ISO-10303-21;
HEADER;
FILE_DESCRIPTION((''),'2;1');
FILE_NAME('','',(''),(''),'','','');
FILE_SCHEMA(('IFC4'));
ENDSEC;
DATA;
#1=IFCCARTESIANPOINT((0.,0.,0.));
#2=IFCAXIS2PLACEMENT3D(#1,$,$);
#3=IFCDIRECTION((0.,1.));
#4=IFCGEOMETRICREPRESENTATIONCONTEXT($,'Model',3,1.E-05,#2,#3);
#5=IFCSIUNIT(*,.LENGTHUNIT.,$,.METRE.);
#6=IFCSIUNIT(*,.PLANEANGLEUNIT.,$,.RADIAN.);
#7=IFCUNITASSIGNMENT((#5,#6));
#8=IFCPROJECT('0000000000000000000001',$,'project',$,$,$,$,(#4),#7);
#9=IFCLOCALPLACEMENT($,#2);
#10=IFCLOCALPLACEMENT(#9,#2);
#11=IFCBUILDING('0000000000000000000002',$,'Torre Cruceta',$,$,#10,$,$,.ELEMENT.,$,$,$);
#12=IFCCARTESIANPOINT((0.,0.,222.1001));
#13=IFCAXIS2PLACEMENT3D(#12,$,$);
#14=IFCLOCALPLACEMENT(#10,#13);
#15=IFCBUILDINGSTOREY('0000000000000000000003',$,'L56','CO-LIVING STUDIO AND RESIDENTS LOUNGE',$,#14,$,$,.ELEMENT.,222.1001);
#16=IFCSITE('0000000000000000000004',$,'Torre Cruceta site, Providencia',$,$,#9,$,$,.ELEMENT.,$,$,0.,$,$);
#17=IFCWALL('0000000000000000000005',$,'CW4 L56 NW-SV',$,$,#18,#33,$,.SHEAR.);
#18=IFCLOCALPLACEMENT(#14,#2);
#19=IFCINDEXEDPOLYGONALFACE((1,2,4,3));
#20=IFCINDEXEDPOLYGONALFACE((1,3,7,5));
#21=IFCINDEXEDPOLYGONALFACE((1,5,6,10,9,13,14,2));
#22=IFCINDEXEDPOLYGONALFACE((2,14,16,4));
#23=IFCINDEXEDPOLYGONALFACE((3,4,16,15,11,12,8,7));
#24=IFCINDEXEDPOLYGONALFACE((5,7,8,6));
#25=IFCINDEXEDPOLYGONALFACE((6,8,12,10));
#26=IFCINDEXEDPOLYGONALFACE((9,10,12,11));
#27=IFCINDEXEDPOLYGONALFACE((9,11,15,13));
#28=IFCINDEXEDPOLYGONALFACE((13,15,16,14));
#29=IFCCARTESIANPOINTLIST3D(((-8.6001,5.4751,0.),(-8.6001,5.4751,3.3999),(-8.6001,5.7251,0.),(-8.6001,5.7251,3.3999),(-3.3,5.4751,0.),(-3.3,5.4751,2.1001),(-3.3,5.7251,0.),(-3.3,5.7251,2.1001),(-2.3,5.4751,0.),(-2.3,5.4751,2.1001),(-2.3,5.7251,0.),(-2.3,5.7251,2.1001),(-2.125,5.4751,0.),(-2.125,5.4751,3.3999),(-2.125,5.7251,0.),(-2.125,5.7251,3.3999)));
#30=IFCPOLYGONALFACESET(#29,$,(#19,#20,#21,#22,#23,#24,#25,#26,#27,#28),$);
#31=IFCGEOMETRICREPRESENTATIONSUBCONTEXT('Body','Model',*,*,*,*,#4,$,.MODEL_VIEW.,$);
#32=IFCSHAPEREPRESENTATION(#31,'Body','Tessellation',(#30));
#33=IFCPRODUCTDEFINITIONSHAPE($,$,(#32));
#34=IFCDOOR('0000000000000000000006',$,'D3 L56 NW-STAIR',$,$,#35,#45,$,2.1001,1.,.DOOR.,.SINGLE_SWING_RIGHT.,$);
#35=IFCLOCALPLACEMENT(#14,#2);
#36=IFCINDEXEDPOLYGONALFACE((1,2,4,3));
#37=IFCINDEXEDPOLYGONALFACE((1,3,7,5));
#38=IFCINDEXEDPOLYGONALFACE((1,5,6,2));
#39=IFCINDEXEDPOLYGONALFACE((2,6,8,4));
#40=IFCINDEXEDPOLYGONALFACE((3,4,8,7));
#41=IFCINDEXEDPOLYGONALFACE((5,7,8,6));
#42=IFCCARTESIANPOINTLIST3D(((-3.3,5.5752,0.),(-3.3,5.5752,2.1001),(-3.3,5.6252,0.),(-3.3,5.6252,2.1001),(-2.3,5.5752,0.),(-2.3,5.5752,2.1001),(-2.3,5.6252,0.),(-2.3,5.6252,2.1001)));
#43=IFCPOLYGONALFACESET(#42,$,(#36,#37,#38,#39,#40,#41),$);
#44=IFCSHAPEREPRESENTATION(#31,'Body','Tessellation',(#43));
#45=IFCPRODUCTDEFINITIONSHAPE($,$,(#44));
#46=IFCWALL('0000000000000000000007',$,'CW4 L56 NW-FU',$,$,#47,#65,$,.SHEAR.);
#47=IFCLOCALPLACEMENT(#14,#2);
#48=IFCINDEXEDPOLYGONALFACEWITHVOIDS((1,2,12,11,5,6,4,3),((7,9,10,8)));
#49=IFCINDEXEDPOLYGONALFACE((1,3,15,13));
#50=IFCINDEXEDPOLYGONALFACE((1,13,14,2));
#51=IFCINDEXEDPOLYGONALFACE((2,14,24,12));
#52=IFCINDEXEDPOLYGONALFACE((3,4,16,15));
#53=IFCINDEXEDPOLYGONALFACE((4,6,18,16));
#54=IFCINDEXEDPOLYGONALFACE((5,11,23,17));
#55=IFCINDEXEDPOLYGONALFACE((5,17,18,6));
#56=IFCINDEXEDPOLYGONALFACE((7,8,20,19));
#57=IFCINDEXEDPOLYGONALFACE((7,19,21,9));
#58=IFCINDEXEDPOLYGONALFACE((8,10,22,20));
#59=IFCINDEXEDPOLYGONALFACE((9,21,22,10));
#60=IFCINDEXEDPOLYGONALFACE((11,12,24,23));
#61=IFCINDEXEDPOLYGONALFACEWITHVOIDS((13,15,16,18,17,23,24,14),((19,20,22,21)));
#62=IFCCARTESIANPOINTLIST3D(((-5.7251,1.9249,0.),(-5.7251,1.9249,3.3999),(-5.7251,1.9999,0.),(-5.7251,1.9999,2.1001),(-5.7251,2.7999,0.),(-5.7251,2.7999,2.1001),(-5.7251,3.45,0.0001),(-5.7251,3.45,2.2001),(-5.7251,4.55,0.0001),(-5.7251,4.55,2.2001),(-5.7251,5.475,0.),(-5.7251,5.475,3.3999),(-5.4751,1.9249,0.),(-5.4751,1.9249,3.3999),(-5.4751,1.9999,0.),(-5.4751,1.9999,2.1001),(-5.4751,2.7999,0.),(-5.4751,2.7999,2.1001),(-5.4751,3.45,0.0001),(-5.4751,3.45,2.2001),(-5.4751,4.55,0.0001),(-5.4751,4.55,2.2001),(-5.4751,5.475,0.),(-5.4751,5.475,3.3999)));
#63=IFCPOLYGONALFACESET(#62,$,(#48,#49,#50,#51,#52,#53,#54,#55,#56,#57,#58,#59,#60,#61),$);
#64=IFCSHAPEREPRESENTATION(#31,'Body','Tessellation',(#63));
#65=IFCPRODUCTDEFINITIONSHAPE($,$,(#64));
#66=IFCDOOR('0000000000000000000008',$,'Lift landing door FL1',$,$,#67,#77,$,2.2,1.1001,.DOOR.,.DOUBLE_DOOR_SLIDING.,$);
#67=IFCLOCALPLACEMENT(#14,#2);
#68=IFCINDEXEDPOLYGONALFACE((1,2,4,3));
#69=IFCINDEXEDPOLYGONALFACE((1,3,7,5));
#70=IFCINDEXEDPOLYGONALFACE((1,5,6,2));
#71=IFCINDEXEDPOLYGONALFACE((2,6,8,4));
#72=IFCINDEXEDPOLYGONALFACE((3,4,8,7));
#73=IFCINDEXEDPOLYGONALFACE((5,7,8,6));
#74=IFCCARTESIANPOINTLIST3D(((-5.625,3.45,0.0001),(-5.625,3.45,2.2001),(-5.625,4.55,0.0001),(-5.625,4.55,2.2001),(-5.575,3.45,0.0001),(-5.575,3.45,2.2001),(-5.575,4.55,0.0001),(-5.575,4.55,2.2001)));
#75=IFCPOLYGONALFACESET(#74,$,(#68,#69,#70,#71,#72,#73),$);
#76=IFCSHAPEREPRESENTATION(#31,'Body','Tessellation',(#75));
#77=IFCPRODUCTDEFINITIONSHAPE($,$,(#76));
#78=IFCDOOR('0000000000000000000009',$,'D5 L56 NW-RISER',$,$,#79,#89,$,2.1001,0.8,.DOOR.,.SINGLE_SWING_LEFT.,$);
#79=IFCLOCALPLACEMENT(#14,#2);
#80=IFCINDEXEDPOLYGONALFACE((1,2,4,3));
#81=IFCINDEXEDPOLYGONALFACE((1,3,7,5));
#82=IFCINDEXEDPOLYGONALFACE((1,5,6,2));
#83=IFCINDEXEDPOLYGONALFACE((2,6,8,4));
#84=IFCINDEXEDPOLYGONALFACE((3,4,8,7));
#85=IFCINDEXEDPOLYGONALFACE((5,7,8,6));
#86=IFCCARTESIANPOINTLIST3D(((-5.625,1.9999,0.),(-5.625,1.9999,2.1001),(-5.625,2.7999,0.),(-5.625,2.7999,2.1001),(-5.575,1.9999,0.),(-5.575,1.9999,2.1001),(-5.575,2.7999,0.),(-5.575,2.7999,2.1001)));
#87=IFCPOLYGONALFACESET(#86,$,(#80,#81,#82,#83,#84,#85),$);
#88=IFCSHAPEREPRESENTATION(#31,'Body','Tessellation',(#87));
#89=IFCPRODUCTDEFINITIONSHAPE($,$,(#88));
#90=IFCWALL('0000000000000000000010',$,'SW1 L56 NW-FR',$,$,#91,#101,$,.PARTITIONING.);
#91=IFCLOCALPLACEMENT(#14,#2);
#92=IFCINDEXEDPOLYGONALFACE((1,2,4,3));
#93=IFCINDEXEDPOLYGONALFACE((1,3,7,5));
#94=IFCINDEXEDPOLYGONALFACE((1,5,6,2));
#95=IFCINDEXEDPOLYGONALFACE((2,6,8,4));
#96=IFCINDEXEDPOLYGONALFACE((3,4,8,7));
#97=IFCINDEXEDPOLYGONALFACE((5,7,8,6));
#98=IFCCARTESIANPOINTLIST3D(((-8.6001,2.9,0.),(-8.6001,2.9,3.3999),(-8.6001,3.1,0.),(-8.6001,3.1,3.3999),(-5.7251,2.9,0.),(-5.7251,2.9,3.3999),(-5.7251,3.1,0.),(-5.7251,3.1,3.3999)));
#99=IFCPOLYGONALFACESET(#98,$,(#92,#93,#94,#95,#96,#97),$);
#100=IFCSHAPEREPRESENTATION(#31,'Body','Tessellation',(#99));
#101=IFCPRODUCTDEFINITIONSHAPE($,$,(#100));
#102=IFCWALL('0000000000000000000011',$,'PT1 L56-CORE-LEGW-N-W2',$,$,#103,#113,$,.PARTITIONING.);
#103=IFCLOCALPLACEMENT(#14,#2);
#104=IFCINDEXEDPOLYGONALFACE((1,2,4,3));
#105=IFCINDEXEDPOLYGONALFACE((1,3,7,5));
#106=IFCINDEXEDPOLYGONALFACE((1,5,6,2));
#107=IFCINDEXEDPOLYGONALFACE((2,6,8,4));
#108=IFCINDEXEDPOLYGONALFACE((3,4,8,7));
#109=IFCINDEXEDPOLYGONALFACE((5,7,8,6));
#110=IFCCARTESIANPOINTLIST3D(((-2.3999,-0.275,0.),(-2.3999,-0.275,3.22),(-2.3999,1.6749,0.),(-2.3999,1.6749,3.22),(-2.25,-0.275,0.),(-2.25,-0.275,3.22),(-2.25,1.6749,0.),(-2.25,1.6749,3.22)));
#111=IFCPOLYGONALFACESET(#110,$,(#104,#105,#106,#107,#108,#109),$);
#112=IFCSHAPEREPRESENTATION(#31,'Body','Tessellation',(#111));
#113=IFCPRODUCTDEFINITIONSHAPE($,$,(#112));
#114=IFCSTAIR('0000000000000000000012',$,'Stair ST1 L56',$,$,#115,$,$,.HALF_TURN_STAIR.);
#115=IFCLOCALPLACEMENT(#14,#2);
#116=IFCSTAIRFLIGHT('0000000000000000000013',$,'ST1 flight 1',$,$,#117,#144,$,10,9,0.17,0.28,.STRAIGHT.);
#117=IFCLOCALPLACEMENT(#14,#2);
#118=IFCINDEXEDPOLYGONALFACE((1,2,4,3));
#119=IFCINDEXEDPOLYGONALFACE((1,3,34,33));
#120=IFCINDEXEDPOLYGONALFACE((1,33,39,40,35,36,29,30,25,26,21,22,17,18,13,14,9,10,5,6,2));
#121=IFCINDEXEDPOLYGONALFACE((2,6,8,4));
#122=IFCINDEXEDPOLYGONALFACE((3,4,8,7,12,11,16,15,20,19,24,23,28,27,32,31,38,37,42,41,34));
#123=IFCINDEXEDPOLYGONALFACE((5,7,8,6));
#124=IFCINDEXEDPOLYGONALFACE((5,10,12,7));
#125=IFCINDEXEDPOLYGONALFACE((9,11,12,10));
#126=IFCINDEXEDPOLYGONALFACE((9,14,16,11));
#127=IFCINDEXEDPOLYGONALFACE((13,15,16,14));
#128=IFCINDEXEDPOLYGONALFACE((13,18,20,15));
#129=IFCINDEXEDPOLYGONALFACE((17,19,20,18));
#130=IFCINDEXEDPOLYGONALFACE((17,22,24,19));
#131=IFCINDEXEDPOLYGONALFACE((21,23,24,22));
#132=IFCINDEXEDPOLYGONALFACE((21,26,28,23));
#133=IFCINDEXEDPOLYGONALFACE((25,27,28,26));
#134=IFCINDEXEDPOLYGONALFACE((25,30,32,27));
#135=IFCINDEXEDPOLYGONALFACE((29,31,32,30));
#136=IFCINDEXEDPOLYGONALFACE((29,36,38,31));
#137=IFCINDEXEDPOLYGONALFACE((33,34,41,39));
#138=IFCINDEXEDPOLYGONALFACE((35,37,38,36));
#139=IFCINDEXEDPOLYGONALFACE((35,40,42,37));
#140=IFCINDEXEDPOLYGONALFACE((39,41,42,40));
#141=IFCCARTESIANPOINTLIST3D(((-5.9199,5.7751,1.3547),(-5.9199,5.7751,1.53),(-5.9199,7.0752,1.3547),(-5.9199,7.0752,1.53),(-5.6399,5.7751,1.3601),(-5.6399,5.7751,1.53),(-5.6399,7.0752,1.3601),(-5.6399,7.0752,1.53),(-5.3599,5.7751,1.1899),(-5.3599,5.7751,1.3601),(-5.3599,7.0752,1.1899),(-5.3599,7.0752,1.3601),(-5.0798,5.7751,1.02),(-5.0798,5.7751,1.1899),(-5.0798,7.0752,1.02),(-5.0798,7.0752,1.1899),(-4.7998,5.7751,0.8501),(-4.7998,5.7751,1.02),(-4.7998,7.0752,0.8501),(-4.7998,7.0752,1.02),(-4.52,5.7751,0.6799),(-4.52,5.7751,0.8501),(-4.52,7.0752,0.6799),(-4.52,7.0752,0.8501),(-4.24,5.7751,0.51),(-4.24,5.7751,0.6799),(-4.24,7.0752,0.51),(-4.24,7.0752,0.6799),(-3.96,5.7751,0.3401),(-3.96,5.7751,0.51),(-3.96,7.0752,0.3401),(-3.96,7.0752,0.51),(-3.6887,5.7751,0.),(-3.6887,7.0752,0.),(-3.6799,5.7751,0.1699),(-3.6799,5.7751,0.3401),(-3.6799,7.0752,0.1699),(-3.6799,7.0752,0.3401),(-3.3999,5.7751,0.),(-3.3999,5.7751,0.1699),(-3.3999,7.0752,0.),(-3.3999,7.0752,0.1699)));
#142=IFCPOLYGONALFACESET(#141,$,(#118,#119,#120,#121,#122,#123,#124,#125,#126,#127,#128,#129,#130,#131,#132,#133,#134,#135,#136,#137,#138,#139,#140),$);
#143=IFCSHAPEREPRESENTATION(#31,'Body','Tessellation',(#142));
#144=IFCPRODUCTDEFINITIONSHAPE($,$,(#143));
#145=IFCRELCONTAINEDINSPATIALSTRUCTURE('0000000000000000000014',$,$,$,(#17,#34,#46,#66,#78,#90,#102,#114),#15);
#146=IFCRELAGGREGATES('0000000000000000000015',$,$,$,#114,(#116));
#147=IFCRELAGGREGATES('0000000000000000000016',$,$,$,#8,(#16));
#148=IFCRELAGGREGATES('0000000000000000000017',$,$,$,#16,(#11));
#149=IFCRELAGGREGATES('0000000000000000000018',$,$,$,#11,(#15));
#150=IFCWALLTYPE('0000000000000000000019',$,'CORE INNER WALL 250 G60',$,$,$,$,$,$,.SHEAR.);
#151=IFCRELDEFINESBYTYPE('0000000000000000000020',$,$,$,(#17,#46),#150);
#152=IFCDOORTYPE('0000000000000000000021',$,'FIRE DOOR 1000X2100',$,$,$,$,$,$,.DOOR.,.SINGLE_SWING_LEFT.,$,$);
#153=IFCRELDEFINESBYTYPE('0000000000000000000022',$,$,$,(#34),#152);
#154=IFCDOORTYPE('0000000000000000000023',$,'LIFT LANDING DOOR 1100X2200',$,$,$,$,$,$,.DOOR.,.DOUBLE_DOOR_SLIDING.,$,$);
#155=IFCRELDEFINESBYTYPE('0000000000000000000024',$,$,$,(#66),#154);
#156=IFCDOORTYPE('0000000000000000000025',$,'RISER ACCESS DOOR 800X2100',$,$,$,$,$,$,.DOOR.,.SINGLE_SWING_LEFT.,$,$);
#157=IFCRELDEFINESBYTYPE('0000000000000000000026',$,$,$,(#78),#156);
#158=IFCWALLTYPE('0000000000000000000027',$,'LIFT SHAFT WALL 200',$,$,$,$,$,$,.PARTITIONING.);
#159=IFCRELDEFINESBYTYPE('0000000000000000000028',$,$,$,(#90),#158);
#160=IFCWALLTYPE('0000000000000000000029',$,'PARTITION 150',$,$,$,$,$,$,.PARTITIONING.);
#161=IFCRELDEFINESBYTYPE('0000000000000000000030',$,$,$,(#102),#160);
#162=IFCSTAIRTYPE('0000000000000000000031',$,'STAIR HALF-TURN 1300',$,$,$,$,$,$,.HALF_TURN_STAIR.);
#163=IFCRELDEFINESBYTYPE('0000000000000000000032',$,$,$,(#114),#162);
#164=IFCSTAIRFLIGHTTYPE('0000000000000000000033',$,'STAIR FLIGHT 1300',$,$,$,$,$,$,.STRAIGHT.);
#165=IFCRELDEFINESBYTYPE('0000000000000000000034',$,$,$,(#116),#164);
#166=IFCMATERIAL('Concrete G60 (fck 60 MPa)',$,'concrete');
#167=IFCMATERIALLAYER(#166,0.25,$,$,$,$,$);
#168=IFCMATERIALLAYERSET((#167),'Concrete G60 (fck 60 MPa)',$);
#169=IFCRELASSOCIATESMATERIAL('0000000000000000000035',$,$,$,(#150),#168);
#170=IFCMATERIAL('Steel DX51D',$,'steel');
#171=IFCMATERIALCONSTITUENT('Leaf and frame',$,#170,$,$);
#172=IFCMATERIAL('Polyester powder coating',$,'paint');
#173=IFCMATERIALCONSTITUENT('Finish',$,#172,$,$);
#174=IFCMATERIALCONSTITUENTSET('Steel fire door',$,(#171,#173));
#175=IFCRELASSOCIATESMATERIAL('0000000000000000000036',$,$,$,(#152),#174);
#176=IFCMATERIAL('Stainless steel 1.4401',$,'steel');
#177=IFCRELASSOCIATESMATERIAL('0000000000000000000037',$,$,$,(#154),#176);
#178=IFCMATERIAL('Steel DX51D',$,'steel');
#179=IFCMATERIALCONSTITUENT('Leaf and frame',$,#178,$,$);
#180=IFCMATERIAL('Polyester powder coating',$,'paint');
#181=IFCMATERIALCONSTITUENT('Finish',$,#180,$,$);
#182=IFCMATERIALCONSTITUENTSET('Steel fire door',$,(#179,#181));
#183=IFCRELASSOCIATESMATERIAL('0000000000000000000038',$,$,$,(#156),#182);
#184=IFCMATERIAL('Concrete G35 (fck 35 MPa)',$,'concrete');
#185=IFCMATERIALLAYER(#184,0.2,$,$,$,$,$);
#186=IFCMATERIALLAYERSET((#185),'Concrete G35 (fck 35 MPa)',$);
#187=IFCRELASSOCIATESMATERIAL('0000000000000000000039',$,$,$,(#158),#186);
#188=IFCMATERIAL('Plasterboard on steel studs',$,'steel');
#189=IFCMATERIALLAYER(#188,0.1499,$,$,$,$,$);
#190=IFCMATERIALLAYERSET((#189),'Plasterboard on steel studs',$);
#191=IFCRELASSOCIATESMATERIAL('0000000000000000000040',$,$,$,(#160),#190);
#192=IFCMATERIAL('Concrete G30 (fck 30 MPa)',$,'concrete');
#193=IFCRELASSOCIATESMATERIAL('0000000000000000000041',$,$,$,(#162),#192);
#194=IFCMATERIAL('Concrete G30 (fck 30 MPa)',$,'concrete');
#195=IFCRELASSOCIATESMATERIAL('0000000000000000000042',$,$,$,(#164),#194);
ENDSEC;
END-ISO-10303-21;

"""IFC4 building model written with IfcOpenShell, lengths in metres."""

from ifc_helpers import new_model, si_unit, direction, frame, frame_2d, origin, place, context, subcontext, project, spatial, polyline, rectangle, outline, extrude, material, layer, layer_set, constituent, constituent_set, type_object, element, fill, aggregate, save


model = new_model("IFC4")

# Units and contexts
model_context = context("Model", 3, precision=1e-05, world=origin(), true_north=direction((0.0, 1.0)))
body_context = subcontext(model_context, "Body", "Model", "MODEL_VIEW")
ifc_project = project(units=[si_unit("LENGTHUNIT", "METRE"), si_unit("PLANEANGLEUNIT", "RADIAN")], contexts=[model_context])

# Site, building, storey
site_placement = place(None, origin())
site = spatial("IfcSite", under=ifc_project, at=site_placement, Name="Torre Cruceta site, Providencia", CompositionType="ELEMENT", RefElevation=0.0)
building_placement = place(site_placement, origin())
building = spatial("IfcBuilding", under=site, at=building_placement, Name="Torre Cruceta", CompositionType="ELEMENT")
storey_placement = place(building_placement, frame((0.0, 0.0, 222.1001)))
storey = spatial("IfcBuildingStorey", under=building, at=storey_placement, Name="L56", Description="CO-LIVING STUDIO AND RESIDENTS LOUNGE", CompositionType="ELEMENT", Elevation=222.1001)

# Shared definitions
ifc_material_1 = material(Name="Concrete G60 (fck 60 MPa)", Category="concrete")
ifc_layer_1 = layer(ifc_material_1, 0.25)
ifc_layer_set_1 = layer_set([ifc_layer_1], Name="Concrete G60 (fck 60 MPa)")
wall_type_1 = type_object("IfcWallType", Name="CORE INNER WALL 250 G60", PredefinedType="SHEAR", material=ifc_layer_set_1)
ifc_material_2 = material(Name="Steel DX51D", Category="steel")
ifc_constituent_1 = constituent(ifc_material_2, Name="Leaf and frame")
ifc_material_3 = material(Name="Polyester powder coating", Category="paint")
ifc_constituent_2 = constituent(ifc_material_3, Name="Finish")
ifc_constituent_set_1 = constituent_set(constituents=[ifc_constituent_1, ifc_constituent_2], Name="Steel fire door")
door_type_1 = type_object("IfcDoorType", Name="FIRE DOOR 1000X2100", OperationType="SINGLE_SWING_LEFT", PredefinedType="DOOR", material=ifc_constituent_set_1)

# Wall, opening, door
wall_1_placement = place(storey_placement, frame((-2.125, 5.6001, 0.0), z_axis=(0.0, 0.0, 1.0), x_axis=(-1.0, 0.0, 0.0)))
wall_1 = element("IfcWall", 1, at=wall_1_placement, inside=storey, type_object=wall_type_1, Name="CW4 L56 NW-SV", PredefinedType="SHEAR", context=body_context, shape_type="SweptSolid", body=[
    extrude(rectangle(XDim=6.4751, YDim=0.25, at=frame_2d((3.2375, 0.0))), origin(), (0.0, 0.0, 1.0), 3.3999),
])
opening_1_placement = place(wall_1_placement, frame((0.175, 0.0, 0.0)))
opening_1 = element("IfcOpeningElement", 2, at=opening_1_placement, cuts=wall_1, PredefinedType="OPENING", context=body_context, shape_type="SweptSolid", body=[
    extrude(rectangle(XDim=1.0, YDim=2.1001, at=frame_2d((0.5, 1.05))), frame((0.0, 0.135, 0.0), z_axis=(0.0, -1.0, 0.0), x_axis=(1.0, 0.0, 0.0)), (0.0, 0.0, 1.0), 0.27),
])
door_1_placement = place(opening_1_placement, frame((1.0, 0.0, 0.0), z_axis=(0.0, 0.0, 1.0), x_axis=(-1.0, 0.0, 0.0)))
door_1 = element("IfcDoor", 3, at=door_1_placement, inside=storey, type_object=door_type_1, Name="D3 L56 NW-STAIR", OperationType="SINGLE_SWING_RIGHT", OverallHeight=2.1001, OverallWidth=1.0, PredefinedType="DOOR", context=body_context, shape_type="SweptSolid", body=[
    extrude(rectangle(XDim=1.0, YDim=2.1001, at=frame_2d((0.5, 1.05))), frame((0.0, 0.0251, 0.0), z_axis=(0.0, -1.0, 0.0), x_axis=(1.0, 0.0, 0.0)), (0.0, 0.0, 1.0), 0.05),
])
fill(opening_1, door_1)

# Wall, openings, doors
wall_2_placement = place(storey_placement, frame((-5.6001, 1.925, 0.0), z_axis=(0.0, 0.0, 1.0), x_axis=(0.0, 1.0, 0.0)))
wall_2 = element("IfcWall", 4, at=wall_2_placement, inside=storey, type_object=wall_type_1, Name="CW4 L56 NW-FU", PredefinedType="SHEAR", context=body_context, shape_type="SweptSolid", body=[
    extrude(rectangle(XDim=3.55, YDim=0.25, at=frame_2d((1.7749, 0.0))), origin(), (0.0, 0.0, 1.0), 3.3999),
])
opening_2_placement = place(wall_2_placement, frame((1.5249, 0.0, 0.0)))
opening_2 = element("IfcOpeningElement", 5, at=opening_2_placement, cuts=wall_2, PredefinedType="OPENING", context=body_context, shape_type="SweptSolid", body=[
    extrude(rectangle(XDim=1.1001, YDim=2.2, at=frame_2d((0.55, 1.1001))), frame((0.0, 0.135, 0.0), z_axis=(0.0, -1.0, 0.0), x_axis=(1.0, 0.0, 0.0)), (0.0, 0.0, 1.0), 0.27),
])
opening_3_placement = place(wall_2_placement, frame((0.075, 0.0, 0.0)))
opening_3 = element("IfcOpeningElement", 6, at=opening_3_placement, cuts=wall_2, PredefinedType="OPENING", context=body_context, shape_type="SweptSolid", body=[
    extrude(rectangle(XDim=0.8, YDim=2.1001, at=frame_2d((0.3999, 1.05))), frame((0.0, 0.135, 0.0), z_axis=(0.0, -1.0, 0.0), x_axis=(1.0, 0.0, 0.0)), (0.0, 0.0, 1.0), 0.27),
])
ifc_material_4 = material(Name="Stainless steel 1.4401", Category="steel")
door_type_2 = type_object("IfcDoorType", Name="LIFT LANDING DOOR 1100X2200", OperationType="DOUBLE_DOOR_SLIDING", PredefinedType="DOOR", material=ifc_material_4)
door_2_placement = place(opening_2_placement, origin())
door_2 = element("IfcDoor", 7, at=door_2_placement, inside=storey, type_object=door_type_2, Name="Lift landing door FL1", OperationType="DOUBLE_DOOR_SLIDING", OverallHeight=2.2, OverallWidth=1.1001, PredefinedType="DOOR", context=body_context, shape_type="SweptSolid", body=[
    extrude(rectangle(XDim=1.1001, YDim=2.2, at=frame_2d((0.55, 1.1001))), frame((0.0, 0.0249, 0.0), z_axis=(0.0, -1.0, 0.0), x_axis=(1.0, 0.0, 0.0)), (0.0, 0.0, 1.0), 0.05),
])
fill(opening_2, door_2)
ifc_material_5 = material(Name="Steel DX51D", Category="steel")
ifc_constituent_3 = constituent(ifc_material_5, Name="Leaf and frame")
ifc_material_6 = material(Name="Polyester powder coating", Category="paint")
ifc_constituent_4 = constituent(ifc_material_6, Name="Finish")
ifc_constituent_set_2 = constituent_set(constituents=[ifc_constituent_3, ifc_constituent_4], Name="Steel fire door")
door_type_3 = type_object("IfcDoorType", Name="RISER ACCESS DOOR 800X2100", OperationType="SINGLE_SWING_LEFT", PredefinedType="DOOR", material=ifc_constituent_set_2)
door_3_placement = place(opening_3_placement, origin())
door_3 = element("IfcDoor", 8, at=door_3_placement, inside=storey, type_object=door_type_3, Name="D5 L56 NW-RISER", OperationType="SINGLE_SWING_LEFT", OverallHeight=2.1001, OverallWidth=0.8, PredefinedType="DOOR", context=body_context, shape_type="SweptSolid", body=[
    extrude(rectangle(XDim=0.8, YDim=2.1001, at=frame_2d((0.3999, 1.05))), frame((0.0, 0.0249, 0.0), z_axis=(0.0, -1.0, 0.0), x_axis=(1.0, 0.0, 0.0)), (0.0, 0.0, 1.0), 0.05),
])
fill(opening_3, door_3)

# Walls
ifc_material_7 = material(Name="Concrete G35 (fck 35 MPa)", Category="concrete")
ifc_layer_2 = layer(ifc_material_7, 0.2)
ifc_layer_set_2 = layer_set([ifc_layer_2], Name="Concrete G35 (fck 35 MPa)")
wall_type_2 = type_object("IfcWallType", Name="LIFT SHAFT WALL 200", PredefinedType="PARTITIONING", material=ifc_layer_set_2)
wall_3_placement = place(storey_placement, frame((-5.7251, 3.0, 0.0), z_axis=(0.0, 0.0, 1.0), x_axis=(-1.0, 0.0, 0.0)))
element("IfcWall", 9, at=wall_3_placement, inside=storey, type_object=wall_type_2, Name="SW1 L56 NW-FR", PredefinedType="PARTITIONING", context=body_context, shape_type="SweptSolid", body=[
    extrude(rectangle(XDim=2.875, YDim=0.2, at=frame_2d((1.4375, 0.0))), origin(), (0.0, 0.0, 1.0), 3.3999),
])
ifc_material_8 = material(Name="Plasterboard on steel studs", Category="steel")
ifc_layer_3 = layer(ifc_material_8, 0.1499)
ifc_layer_set_3 = layer_set([ifc_layer_3], Name="Plasterboard on steel studs")
wall_type_3 = type_object("IfcWallType", Name="PARTITION 150", PredefinedType="PARTITIONING", material=ifc_layer_set_3)
wall_4_placement = place(storey_placement, frame((-2.325, 1.675, 0.0), z_axis=(0.0, 0.0, 1.0), x_axis=(0.0, -1.0, 0.0)))
element("IfcWall", 10, at=wall_4_placement, inside=storey, type_object=wall_type_3, Name="PT1 L56-CORE-LEGW-N-W2", PredefinedType="PARTITIONING", context=body_context, shape_type="SweptSolid", body=[
    extrude(rectangle(XDim=1.95, YDim=0.1499, at=frame_2d((0.9751, 0.0))), origin(), (0.0, 0.0, 1.0), 3.22),
])

# Stair, stair flight
ifc_material_9 = material(Name="Concrete G30 (fck 30 MPa)", Category="concrete")
stair_type = type_object("IfcStairType", Name="STAIR HALF-TURN 1300", PredefinedType="HALF_TURN_STAIR", material=ifc_material_9)
stair_placement = place(storey_placement, origin())
stair = element("IfcStair", 11, at=stair_placement, inside=storey, type_object=stair_type, Name="Stair ST1 L56", PredefinedType="HALF_TURN_STAIR")
ifc_material_10 = material(Name="Concrete G30 (fck 30 MPa)", Category="concrete")
stair_flight_type = type_object("IfcStairFlightType", Name="STAIR FLIGHT 1300", PredefinedType="STRAIGHT", material=ifc_material_10)
stair_flight_1_placement = place(storey_placement, frame((-3.3999, 6.425, 0.0), z_axis=(0.0, 0.0, 1.0), x_axis=(-1.0, 0.0, 0.0)))
stair_flight_1 = element("IfcStairFlight", 12, at=stair_flight_1_placement, type_object=stair_flight_type, Name="ST1 flight 1", NumberOfRisers=10, NumberOfTreads=9, PredefinedType="STRAIGHT", RiserHeight=0.17, TreadLength=0.28, context=body_context, shape_type="SweptSolid", body=[
    extrude(outline(polyline([(0.0, 0.0), (0.0, 0.1699), (0.28, 0.1699), (0.28, 0.3401), (0.5601, 0.3401), (0.5601, 0.51), (0.8401, 0.51), (0.8401, 0.6799), (1.1201, 0.6799), (1.1201, 0.8501), (1.3999, 0.8501), (1.3999, 1.02), (1.6799, 1.02), (1.6799, 1.1899), (1.96, 1.1899), (1.96, 1.3601), (2.24, 1.3601), (2.24, 1.53), (2.52, 1.53), (2.52, 1.7), (2.52, 1.3547), (0.2888, 0.0), (0.0, 0.0)])), frame((0.0, 0.6499, 0.0), z_axis=(0.0, -1.0, 0.0), x_axis=(1.0, 0.0, 0.0)), (0.0, 0.0, 1.0), 1.3),
])
aggregate(stair, [stair_flight_1])

save(model, "model.ifc")
